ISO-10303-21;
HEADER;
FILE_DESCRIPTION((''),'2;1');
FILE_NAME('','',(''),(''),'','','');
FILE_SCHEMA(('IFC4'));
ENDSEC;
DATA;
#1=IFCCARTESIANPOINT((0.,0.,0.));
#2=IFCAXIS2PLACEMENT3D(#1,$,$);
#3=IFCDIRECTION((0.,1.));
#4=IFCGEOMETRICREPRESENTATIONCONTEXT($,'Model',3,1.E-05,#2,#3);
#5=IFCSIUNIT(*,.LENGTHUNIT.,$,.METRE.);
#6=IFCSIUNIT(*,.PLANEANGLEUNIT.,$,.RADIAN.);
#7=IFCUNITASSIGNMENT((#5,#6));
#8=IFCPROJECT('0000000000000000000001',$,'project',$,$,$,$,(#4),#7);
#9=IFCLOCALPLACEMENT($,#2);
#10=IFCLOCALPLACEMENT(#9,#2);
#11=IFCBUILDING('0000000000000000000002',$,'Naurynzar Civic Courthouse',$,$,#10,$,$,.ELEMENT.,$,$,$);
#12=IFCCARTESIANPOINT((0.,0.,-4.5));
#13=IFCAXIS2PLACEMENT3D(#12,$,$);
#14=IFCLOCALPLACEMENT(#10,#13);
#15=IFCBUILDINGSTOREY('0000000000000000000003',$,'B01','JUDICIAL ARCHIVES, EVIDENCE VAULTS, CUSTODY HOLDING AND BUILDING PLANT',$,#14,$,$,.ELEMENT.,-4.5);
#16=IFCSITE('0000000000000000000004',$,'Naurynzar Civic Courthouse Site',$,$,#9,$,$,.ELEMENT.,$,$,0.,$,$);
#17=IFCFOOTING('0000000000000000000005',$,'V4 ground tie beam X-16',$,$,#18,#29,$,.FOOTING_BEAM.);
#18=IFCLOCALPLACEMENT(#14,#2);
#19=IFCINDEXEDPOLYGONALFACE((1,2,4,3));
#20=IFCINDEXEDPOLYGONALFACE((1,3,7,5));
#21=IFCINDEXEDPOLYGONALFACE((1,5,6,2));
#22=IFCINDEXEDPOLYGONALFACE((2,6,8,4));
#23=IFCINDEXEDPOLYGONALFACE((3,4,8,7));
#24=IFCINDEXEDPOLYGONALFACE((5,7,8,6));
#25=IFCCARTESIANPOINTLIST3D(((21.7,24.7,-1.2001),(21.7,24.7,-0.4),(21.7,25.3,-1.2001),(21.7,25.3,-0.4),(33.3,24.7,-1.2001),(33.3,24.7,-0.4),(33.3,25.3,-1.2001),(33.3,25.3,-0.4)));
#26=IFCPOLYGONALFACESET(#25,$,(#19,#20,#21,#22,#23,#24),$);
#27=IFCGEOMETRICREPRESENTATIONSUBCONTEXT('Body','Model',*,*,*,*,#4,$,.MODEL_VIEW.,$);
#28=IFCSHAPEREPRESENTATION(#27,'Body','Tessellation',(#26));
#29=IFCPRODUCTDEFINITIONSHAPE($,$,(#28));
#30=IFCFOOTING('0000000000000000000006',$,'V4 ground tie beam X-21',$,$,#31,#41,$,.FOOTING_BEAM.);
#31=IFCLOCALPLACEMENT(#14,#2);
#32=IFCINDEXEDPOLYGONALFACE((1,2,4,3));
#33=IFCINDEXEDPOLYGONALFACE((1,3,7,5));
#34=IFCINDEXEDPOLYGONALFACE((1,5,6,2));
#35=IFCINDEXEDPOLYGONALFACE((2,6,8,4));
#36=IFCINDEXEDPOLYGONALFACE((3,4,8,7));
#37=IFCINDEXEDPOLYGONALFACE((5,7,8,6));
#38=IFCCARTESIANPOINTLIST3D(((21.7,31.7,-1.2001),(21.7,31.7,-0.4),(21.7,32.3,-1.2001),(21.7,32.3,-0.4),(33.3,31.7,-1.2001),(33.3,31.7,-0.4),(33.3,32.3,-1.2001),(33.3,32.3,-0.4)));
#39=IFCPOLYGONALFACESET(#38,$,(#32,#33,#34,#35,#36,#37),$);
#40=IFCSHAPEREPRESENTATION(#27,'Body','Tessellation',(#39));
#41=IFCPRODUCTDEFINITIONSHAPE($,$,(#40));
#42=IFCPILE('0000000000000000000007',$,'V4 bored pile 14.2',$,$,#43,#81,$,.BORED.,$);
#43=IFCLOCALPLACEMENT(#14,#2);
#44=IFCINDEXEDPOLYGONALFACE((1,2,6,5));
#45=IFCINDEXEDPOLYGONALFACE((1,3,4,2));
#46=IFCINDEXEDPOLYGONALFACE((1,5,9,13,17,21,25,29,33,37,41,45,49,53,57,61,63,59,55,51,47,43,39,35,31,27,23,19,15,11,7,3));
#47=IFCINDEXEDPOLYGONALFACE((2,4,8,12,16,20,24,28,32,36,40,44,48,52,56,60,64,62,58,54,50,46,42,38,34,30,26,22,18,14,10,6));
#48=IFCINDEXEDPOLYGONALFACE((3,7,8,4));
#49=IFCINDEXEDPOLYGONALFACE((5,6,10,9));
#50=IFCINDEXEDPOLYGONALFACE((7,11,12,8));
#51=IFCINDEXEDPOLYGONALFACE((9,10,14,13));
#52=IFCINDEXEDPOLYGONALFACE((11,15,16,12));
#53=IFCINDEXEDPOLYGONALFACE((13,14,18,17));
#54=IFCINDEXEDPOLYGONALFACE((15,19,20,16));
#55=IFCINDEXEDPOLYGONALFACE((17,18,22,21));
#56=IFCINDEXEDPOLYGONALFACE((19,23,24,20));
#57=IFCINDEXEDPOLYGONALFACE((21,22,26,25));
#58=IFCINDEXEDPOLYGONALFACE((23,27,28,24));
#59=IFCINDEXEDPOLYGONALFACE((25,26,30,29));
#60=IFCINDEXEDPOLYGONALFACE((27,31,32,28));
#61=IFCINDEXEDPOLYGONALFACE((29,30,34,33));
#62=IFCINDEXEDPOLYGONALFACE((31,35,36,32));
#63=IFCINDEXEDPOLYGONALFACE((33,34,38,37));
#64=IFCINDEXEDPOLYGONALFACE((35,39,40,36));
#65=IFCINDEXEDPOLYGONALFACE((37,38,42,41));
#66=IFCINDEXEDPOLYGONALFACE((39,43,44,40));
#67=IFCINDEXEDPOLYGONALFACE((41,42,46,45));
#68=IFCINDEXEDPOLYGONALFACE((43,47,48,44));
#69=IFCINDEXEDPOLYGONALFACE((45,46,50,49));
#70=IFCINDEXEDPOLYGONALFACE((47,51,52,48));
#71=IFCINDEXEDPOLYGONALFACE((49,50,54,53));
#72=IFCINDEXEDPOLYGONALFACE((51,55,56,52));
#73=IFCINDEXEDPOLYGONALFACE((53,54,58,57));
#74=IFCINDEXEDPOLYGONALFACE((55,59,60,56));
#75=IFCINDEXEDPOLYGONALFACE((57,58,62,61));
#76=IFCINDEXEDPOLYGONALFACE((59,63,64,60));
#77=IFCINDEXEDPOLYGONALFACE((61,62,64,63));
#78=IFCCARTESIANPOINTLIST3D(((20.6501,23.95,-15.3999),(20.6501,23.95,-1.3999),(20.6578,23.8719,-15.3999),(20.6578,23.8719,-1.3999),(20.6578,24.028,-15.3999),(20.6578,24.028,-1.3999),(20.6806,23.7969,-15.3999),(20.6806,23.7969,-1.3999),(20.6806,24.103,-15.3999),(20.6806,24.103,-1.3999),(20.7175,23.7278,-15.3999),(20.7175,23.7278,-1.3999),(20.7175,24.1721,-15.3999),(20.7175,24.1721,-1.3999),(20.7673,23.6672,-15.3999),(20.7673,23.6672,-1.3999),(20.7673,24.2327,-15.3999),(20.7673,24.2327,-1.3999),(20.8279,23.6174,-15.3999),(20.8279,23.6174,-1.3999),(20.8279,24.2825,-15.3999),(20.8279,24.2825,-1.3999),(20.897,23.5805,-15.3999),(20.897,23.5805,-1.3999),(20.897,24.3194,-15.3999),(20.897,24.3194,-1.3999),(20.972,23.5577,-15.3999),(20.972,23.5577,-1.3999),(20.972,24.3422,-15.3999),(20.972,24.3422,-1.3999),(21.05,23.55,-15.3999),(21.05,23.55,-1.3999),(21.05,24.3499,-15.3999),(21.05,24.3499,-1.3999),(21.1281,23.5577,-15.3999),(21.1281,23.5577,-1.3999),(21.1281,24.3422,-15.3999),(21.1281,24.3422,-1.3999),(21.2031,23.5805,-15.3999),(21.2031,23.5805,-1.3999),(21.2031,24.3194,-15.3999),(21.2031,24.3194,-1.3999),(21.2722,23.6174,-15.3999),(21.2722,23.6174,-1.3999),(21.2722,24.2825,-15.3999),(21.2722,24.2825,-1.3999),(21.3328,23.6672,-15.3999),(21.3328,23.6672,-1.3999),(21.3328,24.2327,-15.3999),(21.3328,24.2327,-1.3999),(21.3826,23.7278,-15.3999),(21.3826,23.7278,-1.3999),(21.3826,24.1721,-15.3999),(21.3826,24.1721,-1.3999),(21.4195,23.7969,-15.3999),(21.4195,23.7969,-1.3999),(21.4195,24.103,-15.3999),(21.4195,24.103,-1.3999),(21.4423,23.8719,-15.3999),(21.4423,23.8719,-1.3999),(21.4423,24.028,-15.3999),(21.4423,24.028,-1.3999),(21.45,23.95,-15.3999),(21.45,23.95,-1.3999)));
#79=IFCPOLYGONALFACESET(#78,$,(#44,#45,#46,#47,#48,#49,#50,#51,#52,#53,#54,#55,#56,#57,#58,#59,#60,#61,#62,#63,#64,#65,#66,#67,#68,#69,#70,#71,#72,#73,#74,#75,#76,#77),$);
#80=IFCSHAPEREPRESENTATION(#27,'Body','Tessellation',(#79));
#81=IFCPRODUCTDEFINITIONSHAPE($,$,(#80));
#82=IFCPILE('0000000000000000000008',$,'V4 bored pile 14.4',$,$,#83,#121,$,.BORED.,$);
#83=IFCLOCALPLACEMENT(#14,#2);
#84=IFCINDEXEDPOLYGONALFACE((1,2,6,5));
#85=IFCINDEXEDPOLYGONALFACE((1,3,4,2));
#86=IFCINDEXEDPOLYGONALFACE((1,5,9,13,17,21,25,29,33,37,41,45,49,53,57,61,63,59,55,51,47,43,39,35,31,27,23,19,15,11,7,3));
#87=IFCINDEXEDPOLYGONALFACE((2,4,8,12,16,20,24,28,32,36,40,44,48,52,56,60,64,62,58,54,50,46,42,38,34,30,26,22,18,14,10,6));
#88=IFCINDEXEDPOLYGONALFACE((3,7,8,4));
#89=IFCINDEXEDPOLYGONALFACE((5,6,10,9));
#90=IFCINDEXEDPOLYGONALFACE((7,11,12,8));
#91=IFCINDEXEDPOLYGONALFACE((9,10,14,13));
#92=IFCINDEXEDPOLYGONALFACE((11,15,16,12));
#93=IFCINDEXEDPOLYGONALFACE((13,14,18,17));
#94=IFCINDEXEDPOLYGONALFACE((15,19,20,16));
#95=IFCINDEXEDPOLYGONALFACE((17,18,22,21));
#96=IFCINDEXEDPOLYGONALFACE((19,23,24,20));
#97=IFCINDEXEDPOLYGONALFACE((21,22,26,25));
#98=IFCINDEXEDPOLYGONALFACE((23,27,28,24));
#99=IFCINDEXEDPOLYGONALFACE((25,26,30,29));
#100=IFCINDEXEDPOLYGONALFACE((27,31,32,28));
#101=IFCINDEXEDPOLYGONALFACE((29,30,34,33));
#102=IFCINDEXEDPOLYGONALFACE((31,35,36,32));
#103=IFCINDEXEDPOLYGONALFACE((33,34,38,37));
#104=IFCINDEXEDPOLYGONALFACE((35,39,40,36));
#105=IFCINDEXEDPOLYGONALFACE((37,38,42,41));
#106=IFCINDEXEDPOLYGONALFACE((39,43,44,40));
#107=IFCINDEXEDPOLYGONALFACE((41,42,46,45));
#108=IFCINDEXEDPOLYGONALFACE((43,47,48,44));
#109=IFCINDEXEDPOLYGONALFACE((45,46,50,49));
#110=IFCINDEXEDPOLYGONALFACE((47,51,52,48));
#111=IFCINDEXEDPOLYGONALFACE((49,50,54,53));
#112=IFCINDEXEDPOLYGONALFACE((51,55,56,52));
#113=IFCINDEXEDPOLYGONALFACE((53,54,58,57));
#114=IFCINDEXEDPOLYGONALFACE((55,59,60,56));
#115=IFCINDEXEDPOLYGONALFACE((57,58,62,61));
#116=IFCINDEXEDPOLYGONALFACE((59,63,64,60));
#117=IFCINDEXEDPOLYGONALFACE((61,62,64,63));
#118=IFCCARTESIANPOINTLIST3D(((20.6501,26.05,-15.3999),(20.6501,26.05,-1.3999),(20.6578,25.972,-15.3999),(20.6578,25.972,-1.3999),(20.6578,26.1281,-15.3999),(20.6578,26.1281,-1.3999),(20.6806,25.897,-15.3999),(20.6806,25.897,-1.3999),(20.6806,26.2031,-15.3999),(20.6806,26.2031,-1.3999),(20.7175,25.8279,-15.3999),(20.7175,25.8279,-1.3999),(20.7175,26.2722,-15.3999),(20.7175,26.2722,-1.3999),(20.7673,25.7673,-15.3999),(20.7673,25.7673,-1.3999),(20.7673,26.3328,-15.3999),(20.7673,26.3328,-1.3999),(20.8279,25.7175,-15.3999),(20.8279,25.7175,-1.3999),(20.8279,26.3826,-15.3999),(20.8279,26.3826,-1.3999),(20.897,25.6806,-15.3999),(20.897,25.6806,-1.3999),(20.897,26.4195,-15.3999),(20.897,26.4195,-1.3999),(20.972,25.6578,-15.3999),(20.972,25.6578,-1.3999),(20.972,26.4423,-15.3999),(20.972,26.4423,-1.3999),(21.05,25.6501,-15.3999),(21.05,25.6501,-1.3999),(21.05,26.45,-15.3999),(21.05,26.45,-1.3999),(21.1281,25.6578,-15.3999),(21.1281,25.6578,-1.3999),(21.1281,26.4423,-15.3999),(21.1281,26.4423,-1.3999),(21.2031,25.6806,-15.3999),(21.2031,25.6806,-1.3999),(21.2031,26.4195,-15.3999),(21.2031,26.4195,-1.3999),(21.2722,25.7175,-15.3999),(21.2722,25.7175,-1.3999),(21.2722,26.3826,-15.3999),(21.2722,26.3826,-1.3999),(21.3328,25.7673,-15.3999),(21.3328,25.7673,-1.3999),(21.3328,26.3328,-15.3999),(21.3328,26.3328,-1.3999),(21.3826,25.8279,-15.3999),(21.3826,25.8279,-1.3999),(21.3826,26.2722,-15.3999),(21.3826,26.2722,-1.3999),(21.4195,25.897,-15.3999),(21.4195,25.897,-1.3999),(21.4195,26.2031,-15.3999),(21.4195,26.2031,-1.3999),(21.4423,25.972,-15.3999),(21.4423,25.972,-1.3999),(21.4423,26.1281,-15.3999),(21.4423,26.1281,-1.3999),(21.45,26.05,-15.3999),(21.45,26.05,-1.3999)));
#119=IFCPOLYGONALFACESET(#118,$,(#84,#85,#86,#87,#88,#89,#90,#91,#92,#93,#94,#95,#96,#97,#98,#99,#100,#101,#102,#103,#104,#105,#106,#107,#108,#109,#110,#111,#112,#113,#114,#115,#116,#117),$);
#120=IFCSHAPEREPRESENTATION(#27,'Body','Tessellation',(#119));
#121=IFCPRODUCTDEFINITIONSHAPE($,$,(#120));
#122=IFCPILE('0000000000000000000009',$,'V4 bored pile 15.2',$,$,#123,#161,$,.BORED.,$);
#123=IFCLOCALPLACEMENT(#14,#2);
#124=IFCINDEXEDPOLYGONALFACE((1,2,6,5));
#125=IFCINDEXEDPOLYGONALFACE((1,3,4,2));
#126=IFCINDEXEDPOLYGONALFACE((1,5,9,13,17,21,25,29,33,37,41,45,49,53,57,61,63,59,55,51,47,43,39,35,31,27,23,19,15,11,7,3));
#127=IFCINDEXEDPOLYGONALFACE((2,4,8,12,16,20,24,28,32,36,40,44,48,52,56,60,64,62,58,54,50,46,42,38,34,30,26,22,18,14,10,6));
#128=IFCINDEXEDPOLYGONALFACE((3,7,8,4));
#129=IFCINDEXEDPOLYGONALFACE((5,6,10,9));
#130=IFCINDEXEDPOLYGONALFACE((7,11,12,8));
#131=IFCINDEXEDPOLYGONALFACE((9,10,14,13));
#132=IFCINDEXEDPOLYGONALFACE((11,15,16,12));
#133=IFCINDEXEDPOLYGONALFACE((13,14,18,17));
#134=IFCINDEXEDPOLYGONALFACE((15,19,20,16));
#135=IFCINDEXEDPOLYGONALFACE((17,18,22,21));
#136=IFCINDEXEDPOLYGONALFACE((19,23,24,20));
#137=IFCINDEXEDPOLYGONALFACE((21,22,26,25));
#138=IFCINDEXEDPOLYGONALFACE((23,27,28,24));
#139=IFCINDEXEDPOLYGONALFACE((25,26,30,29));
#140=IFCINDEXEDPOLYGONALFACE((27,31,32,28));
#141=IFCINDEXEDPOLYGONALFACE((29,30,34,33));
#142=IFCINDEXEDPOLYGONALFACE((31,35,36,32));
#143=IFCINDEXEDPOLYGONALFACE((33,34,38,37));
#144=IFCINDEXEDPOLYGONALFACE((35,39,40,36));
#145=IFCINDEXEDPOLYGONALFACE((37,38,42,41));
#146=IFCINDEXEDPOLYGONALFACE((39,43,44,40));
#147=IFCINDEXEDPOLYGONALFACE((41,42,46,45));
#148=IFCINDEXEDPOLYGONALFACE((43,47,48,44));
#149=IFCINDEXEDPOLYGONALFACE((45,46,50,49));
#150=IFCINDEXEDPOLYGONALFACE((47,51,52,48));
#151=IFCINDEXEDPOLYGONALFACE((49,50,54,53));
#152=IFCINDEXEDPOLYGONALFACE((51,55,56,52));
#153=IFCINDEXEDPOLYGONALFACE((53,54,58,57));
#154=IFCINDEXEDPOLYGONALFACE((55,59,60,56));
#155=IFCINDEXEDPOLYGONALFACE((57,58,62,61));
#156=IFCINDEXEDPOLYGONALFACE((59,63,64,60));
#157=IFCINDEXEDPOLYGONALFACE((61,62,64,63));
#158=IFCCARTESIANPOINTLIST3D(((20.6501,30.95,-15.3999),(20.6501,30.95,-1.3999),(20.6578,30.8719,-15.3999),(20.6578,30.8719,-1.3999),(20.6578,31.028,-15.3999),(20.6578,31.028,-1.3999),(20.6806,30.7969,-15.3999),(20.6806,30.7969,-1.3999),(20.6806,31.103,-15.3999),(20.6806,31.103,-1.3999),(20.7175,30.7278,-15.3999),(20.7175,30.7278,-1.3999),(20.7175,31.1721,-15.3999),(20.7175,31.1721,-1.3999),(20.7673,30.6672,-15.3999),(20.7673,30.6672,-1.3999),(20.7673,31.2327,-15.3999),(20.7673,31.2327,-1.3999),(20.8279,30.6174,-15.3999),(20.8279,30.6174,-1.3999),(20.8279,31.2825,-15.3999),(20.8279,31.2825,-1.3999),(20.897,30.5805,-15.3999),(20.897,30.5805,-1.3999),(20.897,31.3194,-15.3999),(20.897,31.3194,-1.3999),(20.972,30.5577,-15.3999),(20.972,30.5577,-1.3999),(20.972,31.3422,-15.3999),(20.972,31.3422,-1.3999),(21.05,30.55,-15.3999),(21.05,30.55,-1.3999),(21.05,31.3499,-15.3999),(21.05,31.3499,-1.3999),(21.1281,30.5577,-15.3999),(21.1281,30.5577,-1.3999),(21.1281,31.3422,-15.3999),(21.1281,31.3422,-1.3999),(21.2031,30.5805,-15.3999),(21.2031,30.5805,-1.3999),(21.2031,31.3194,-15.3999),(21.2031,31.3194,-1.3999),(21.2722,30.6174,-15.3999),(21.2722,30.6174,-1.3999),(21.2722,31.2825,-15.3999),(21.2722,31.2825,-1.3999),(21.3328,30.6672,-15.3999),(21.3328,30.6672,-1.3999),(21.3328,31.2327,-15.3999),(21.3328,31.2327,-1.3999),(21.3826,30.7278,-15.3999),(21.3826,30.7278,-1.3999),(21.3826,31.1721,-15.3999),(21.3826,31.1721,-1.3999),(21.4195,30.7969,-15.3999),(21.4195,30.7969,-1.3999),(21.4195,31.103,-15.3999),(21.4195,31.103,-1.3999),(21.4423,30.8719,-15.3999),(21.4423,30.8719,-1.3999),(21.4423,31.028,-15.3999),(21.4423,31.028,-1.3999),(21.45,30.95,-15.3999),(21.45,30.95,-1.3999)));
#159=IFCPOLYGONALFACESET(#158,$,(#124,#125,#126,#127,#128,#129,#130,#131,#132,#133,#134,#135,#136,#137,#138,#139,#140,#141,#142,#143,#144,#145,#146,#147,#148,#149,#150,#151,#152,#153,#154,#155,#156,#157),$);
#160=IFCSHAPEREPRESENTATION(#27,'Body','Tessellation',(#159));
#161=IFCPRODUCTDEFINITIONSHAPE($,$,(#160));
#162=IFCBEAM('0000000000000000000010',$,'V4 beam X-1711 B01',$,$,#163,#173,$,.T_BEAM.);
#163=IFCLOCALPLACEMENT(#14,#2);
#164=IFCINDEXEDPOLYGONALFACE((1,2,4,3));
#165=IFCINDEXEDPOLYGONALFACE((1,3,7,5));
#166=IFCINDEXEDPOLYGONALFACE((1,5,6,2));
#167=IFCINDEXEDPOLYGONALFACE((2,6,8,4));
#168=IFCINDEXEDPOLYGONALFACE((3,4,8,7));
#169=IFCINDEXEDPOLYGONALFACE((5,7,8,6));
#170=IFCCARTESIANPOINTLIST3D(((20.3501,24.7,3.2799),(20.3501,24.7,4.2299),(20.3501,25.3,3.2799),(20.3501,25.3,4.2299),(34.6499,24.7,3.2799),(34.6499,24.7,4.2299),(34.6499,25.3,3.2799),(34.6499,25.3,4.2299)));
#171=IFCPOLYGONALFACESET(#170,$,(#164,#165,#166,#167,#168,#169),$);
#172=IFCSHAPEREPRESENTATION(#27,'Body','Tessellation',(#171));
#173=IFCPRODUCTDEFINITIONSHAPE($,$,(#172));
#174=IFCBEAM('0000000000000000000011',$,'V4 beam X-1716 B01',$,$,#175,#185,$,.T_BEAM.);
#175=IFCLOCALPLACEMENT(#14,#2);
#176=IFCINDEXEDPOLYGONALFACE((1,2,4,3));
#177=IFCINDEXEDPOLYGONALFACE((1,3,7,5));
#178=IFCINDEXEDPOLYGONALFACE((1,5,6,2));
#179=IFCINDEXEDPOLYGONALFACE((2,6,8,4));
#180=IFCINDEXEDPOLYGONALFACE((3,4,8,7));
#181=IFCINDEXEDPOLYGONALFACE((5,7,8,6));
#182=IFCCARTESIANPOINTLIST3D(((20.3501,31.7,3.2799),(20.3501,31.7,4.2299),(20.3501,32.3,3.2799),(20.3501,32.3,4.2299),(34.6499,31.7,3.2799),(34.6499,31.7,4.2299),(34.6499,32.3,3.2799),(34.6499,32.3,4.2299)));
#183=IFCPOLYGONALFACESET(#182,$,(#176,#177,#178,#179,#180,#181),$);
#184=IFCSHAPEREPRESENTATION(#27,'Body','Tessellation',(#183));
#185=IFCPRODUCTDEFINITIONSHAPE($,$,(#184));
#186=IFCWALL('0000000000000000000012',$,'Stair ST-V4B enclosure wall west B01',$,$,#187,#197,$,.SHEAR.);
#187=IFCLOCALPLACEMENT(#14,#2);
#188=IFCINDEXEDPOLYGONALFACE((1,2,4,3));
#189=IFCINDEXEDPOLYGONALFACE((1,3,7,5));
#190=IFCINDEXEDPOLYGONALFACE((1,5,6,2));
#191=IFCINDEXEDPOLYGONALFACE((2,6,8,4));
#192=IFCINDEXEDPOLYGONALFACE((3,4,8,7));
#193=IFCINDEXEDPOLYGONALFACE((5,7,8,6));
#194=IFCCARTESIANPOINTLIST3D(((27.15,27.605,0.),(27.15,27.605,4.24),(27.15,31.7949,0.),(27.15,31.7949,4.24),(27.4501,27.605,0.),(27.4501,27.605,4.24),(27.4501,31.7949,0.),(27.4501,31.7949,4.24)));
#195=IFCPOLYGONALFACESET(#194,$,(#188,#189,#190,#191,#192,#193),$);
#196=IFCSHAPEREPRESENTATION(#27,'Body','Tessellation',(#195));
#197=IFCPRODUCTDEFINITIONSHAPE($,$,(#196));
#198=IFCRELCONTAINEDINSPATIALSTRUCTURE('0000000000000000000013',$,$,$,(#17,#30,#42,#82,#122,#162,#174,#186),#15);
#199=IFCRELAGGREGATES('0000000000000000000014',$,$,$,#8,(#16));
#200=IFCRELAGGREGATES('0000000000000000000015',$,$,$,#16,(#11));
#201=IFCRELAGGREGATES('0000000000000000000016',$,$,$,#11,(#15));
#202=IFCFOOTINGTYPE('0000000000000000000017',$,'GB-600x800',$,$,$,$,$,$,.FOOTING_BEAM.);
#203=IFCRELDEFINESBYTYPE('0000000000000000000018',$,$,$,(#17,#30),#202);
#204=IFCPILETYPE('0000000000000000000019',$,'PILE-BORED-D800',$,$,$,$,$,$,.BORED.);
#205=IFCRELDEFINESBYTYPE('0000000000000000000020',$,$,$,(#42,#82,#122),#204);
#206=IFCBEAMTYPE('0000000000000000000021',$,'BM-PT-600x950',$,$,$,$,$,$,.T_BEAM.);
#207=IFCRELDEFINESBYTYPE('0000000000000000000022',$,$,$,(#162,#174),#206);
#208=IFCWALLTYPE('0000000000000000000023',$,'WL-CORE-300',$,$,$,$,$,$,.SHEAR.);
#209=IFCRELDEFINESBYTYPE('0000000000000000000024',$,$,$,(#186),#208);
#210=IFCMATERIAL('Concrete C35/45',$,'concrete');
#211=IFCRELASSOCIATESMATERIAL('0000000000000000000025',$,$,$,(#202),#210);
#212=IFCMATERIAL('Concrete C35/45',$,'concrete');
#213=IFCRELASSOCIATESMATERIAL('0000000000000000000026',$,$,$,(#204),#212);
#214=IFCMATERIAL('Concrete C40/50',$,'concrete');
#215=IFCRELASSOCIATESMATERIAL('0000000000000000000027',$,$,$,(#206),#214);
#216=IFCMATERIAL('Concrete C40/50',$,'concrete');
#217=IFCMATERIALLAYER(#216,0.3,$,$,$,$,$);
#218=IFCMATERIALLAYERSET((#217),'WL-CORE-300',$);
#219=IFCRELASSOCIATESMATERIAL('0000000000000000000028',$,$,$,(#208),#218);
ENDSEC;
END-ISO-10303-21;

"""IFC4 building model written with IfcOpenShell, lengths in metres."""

from ifc_helpers import new_model, si_unit, direction, frame, frame_2d, origin, origin_2d, place, context, subcontext, project, spatial, rectangle, circle, extrude, material, layer, layer_set, material_profile, profile_set, type_object, element, save


model = new_model("IFC4")

# Units and contexts
model_context = context("Model", 3, precision=1e-05, world=origin(), true_north=direction((0.0, 1.0)))
body_context = subcontext(model_context, "Body", "Model", "MODEL_VIEW")
ifc_project = project(units=[si_unit("LENGTHUNIT", "METRE"), si_unit("PLANEANGLEUNIT", "RADIAN")], contexts=[model_context])

# Site, building, storey
site_placement = place(None, origin())
site = spatial("IfcSite", under=ifc_project, at=site_placement, Name="Naurynzar Civic Courthouse Site", CompositionType="ELEMENT", RefElevation=0.0)
building_placement = place(site_placement, origin())
building = spatial("IfcBuilding", under=site, at=building_placement, Name="Naurynzar Civic Courthouse", CompositionType="ELEMENT")
storey_placement = place(building_placement, frame((0.0, 0.0, -4.5)))
storey = spatial("IfcBuildingStorey", under=building, at=storey_placement, Name="B01", Description="JUDICIAL ARCHIVES, EVIDENCE VAULTS, CUSTODY HOLDING AND BUILDING PLANT", CompositionType="ELEMENT", Elevation=-4.5)

# Footings
ifc_material_1 = material(Name="Concrete C35/45", Category="concrete")
ifc_material_profile_1 = material_profile(ifc_material_1, rectangle(XDim=0.6001, YDim=0.8, at=origin_2d()), Name="GB 600x800")
ifc_profile_set_1 = profile_set([ifc_material_profile_1], Name="Concrete C35/45")
footing_type = type_object("IfcFootingType", Name="GB-600x800", PredefinedType="FOOTING_BEAM", material=ifc_profile_set_1)
for number, where, z_axis, x_axis, name in (
    (1, (21.7, 25.0, -0.8), (1.0, 0.0, 0.0), (0.0, 1.0, 0.0), "V4 ground tie beam X-16"),
    (2, (21.7, 32.0, -0.8), (1.0, 0.0, 0.0), (0.0, 1.0, 0.0), "V4 ground tie beam X-21"),
):
    element("IfcFooting", number, at=place(storey_placement, frame(where, z_axis=z_axis, x_axis=x_axis)), inside=storey, type_object=footing_type, Name=name, PredefinedType="FOOTING_BEAM", context=body_context, shape_type="SweptSolid", body=[
        extrude(rectangle(XDim=0.6001, YDim=0.8, at=origin_2d()), origin(), (0.0, 0.0, 1.0), 11.6001),
    ])

# Piles
ifc_material_2 = material(Name="Concrete C35/45", Category="concrete")
ifc_material_profile_2 = material_profile(ifc_material_2, circle(Radius=0.3999, at=origin_2d()), Name="PILE D800")
ifc_profile_set_2 = profile_set([ifc_material_profile_2], Name="Concrete C35/45")
pile_type = type_object("IfcPileType", Name="PILE-BORED-D800", PredefinedType="BORED", material=ifc_profile_set_2)
for number, where, z_axis, x_axis, name in (
    (3, (21.05, 23.95, -1.3999), (0.0, 0.0, -1.0), (1.0, 0.0, 0.0), "V4 bored pile 14.2"),
    (4, (21.05, 26.05, -1.3999), (0.0, 0.0, -1.0), (1.0, 0.0, 0.0), "V4 bored pile 14.4"),
    (5, (21.05, 30.95, -1.3999), (0.0, 0.0, -1.0), (1.0, 0.0, 0.0), "V4 bored pile 15.2"),
):
    element("IfcPile", number, at=place(storey_placement, frame(where, z_axis=z_axis, x_axis=x_axis)), inside=storey, type_object=pile_type, Name=name, PredefinedType="BORED", context=body_context, shape_type="SweptSolid", body=[
        extrude(circle(Radius=0.3999, at=origin_2d()), origin(), (0.0, 0.0, 1.0), 14.0),
    ])

# Beams
ifc_material_3 = material(Name="Concrete C40/50", Category="concrete")
ifc_material_profile_3 = material_profile(ifc_material_3, rectangle(XDim=0.6001, YDim=0.95, at=origin_2d()), Name="PTB 600x950")
ifc_profile_set_3 = profile_set([ifc_material_profile_3], Name="Concrete C40/50")
beam_type = type_object("IfcBeamType", Name="BM-PT-600x950", PredefinedType="T_BEAM", material=ifc_profile_set_3)
for number, where, z_axis, x_axis, name in (
    (6, (20.3501, 25.0, 3.7549), (1.0, 0.0, 0.0), (0.0, 1.0, 0.0), "V4 beam X-1711 B01"),
    (7, (20.3501, 32.0, 3.7549), (1.0, 0.0, 0.0), (0.0, 1.0, 0.0), "V4 beam X-1716 B01"),
):
    element("IfcBeam", number, at=place(storey_placement, frame(where, z_axis=z_axis, x_axis=x_axis)), inside=storey, type_object=beam_type, Name=name, PredefinedType="T_BEAM", context=body_context, shape_type="SweptSolid", body=[
        extrude(rectangle(XDim=0.6001, YDim=0.95, at=origin_2d()), origin(), (0.0, 0.0, 1.0), 14.2998),
    ])

# Shared definitions
ifc_material_4 = material(Name="Concrete C40/50", Category="concrete")
ifc_layer_1 = layer(ifc_material_4, 0.3)
ifc_layer_set_1 = layer_set([ifc_layer_1], Name="WL-CORE-300")
wall_type_1 = type_object("IfcWallType", Name="WL-CORE-300", PredefinedType="SHEAR", material=ifc_layer_set_1)

# Wall
wall_1_placement = place(storey_placement, frame((27.3, 31.7949, 0.0), z_axis=(0.0, 0.0, 1.0), x_axis=(0.0, -1.0, 0.0)))
element("IfcWall", 8, at=wall_1_placement, inside=storey, type_object=wall_type_1, Name="Stair ST-V4B enclosure wall west B01", PredefinedType="SHEAR", context=body_context, shape_type="SweptSolid", body=[
    extrude(rectangle(XDim=4.1899, YDim=0.3, at=frame_2d((2.095, 0.0))), origin(), (0.0, 0.0, 1.0), 4.24),
])

save(model, "model.ifc")
